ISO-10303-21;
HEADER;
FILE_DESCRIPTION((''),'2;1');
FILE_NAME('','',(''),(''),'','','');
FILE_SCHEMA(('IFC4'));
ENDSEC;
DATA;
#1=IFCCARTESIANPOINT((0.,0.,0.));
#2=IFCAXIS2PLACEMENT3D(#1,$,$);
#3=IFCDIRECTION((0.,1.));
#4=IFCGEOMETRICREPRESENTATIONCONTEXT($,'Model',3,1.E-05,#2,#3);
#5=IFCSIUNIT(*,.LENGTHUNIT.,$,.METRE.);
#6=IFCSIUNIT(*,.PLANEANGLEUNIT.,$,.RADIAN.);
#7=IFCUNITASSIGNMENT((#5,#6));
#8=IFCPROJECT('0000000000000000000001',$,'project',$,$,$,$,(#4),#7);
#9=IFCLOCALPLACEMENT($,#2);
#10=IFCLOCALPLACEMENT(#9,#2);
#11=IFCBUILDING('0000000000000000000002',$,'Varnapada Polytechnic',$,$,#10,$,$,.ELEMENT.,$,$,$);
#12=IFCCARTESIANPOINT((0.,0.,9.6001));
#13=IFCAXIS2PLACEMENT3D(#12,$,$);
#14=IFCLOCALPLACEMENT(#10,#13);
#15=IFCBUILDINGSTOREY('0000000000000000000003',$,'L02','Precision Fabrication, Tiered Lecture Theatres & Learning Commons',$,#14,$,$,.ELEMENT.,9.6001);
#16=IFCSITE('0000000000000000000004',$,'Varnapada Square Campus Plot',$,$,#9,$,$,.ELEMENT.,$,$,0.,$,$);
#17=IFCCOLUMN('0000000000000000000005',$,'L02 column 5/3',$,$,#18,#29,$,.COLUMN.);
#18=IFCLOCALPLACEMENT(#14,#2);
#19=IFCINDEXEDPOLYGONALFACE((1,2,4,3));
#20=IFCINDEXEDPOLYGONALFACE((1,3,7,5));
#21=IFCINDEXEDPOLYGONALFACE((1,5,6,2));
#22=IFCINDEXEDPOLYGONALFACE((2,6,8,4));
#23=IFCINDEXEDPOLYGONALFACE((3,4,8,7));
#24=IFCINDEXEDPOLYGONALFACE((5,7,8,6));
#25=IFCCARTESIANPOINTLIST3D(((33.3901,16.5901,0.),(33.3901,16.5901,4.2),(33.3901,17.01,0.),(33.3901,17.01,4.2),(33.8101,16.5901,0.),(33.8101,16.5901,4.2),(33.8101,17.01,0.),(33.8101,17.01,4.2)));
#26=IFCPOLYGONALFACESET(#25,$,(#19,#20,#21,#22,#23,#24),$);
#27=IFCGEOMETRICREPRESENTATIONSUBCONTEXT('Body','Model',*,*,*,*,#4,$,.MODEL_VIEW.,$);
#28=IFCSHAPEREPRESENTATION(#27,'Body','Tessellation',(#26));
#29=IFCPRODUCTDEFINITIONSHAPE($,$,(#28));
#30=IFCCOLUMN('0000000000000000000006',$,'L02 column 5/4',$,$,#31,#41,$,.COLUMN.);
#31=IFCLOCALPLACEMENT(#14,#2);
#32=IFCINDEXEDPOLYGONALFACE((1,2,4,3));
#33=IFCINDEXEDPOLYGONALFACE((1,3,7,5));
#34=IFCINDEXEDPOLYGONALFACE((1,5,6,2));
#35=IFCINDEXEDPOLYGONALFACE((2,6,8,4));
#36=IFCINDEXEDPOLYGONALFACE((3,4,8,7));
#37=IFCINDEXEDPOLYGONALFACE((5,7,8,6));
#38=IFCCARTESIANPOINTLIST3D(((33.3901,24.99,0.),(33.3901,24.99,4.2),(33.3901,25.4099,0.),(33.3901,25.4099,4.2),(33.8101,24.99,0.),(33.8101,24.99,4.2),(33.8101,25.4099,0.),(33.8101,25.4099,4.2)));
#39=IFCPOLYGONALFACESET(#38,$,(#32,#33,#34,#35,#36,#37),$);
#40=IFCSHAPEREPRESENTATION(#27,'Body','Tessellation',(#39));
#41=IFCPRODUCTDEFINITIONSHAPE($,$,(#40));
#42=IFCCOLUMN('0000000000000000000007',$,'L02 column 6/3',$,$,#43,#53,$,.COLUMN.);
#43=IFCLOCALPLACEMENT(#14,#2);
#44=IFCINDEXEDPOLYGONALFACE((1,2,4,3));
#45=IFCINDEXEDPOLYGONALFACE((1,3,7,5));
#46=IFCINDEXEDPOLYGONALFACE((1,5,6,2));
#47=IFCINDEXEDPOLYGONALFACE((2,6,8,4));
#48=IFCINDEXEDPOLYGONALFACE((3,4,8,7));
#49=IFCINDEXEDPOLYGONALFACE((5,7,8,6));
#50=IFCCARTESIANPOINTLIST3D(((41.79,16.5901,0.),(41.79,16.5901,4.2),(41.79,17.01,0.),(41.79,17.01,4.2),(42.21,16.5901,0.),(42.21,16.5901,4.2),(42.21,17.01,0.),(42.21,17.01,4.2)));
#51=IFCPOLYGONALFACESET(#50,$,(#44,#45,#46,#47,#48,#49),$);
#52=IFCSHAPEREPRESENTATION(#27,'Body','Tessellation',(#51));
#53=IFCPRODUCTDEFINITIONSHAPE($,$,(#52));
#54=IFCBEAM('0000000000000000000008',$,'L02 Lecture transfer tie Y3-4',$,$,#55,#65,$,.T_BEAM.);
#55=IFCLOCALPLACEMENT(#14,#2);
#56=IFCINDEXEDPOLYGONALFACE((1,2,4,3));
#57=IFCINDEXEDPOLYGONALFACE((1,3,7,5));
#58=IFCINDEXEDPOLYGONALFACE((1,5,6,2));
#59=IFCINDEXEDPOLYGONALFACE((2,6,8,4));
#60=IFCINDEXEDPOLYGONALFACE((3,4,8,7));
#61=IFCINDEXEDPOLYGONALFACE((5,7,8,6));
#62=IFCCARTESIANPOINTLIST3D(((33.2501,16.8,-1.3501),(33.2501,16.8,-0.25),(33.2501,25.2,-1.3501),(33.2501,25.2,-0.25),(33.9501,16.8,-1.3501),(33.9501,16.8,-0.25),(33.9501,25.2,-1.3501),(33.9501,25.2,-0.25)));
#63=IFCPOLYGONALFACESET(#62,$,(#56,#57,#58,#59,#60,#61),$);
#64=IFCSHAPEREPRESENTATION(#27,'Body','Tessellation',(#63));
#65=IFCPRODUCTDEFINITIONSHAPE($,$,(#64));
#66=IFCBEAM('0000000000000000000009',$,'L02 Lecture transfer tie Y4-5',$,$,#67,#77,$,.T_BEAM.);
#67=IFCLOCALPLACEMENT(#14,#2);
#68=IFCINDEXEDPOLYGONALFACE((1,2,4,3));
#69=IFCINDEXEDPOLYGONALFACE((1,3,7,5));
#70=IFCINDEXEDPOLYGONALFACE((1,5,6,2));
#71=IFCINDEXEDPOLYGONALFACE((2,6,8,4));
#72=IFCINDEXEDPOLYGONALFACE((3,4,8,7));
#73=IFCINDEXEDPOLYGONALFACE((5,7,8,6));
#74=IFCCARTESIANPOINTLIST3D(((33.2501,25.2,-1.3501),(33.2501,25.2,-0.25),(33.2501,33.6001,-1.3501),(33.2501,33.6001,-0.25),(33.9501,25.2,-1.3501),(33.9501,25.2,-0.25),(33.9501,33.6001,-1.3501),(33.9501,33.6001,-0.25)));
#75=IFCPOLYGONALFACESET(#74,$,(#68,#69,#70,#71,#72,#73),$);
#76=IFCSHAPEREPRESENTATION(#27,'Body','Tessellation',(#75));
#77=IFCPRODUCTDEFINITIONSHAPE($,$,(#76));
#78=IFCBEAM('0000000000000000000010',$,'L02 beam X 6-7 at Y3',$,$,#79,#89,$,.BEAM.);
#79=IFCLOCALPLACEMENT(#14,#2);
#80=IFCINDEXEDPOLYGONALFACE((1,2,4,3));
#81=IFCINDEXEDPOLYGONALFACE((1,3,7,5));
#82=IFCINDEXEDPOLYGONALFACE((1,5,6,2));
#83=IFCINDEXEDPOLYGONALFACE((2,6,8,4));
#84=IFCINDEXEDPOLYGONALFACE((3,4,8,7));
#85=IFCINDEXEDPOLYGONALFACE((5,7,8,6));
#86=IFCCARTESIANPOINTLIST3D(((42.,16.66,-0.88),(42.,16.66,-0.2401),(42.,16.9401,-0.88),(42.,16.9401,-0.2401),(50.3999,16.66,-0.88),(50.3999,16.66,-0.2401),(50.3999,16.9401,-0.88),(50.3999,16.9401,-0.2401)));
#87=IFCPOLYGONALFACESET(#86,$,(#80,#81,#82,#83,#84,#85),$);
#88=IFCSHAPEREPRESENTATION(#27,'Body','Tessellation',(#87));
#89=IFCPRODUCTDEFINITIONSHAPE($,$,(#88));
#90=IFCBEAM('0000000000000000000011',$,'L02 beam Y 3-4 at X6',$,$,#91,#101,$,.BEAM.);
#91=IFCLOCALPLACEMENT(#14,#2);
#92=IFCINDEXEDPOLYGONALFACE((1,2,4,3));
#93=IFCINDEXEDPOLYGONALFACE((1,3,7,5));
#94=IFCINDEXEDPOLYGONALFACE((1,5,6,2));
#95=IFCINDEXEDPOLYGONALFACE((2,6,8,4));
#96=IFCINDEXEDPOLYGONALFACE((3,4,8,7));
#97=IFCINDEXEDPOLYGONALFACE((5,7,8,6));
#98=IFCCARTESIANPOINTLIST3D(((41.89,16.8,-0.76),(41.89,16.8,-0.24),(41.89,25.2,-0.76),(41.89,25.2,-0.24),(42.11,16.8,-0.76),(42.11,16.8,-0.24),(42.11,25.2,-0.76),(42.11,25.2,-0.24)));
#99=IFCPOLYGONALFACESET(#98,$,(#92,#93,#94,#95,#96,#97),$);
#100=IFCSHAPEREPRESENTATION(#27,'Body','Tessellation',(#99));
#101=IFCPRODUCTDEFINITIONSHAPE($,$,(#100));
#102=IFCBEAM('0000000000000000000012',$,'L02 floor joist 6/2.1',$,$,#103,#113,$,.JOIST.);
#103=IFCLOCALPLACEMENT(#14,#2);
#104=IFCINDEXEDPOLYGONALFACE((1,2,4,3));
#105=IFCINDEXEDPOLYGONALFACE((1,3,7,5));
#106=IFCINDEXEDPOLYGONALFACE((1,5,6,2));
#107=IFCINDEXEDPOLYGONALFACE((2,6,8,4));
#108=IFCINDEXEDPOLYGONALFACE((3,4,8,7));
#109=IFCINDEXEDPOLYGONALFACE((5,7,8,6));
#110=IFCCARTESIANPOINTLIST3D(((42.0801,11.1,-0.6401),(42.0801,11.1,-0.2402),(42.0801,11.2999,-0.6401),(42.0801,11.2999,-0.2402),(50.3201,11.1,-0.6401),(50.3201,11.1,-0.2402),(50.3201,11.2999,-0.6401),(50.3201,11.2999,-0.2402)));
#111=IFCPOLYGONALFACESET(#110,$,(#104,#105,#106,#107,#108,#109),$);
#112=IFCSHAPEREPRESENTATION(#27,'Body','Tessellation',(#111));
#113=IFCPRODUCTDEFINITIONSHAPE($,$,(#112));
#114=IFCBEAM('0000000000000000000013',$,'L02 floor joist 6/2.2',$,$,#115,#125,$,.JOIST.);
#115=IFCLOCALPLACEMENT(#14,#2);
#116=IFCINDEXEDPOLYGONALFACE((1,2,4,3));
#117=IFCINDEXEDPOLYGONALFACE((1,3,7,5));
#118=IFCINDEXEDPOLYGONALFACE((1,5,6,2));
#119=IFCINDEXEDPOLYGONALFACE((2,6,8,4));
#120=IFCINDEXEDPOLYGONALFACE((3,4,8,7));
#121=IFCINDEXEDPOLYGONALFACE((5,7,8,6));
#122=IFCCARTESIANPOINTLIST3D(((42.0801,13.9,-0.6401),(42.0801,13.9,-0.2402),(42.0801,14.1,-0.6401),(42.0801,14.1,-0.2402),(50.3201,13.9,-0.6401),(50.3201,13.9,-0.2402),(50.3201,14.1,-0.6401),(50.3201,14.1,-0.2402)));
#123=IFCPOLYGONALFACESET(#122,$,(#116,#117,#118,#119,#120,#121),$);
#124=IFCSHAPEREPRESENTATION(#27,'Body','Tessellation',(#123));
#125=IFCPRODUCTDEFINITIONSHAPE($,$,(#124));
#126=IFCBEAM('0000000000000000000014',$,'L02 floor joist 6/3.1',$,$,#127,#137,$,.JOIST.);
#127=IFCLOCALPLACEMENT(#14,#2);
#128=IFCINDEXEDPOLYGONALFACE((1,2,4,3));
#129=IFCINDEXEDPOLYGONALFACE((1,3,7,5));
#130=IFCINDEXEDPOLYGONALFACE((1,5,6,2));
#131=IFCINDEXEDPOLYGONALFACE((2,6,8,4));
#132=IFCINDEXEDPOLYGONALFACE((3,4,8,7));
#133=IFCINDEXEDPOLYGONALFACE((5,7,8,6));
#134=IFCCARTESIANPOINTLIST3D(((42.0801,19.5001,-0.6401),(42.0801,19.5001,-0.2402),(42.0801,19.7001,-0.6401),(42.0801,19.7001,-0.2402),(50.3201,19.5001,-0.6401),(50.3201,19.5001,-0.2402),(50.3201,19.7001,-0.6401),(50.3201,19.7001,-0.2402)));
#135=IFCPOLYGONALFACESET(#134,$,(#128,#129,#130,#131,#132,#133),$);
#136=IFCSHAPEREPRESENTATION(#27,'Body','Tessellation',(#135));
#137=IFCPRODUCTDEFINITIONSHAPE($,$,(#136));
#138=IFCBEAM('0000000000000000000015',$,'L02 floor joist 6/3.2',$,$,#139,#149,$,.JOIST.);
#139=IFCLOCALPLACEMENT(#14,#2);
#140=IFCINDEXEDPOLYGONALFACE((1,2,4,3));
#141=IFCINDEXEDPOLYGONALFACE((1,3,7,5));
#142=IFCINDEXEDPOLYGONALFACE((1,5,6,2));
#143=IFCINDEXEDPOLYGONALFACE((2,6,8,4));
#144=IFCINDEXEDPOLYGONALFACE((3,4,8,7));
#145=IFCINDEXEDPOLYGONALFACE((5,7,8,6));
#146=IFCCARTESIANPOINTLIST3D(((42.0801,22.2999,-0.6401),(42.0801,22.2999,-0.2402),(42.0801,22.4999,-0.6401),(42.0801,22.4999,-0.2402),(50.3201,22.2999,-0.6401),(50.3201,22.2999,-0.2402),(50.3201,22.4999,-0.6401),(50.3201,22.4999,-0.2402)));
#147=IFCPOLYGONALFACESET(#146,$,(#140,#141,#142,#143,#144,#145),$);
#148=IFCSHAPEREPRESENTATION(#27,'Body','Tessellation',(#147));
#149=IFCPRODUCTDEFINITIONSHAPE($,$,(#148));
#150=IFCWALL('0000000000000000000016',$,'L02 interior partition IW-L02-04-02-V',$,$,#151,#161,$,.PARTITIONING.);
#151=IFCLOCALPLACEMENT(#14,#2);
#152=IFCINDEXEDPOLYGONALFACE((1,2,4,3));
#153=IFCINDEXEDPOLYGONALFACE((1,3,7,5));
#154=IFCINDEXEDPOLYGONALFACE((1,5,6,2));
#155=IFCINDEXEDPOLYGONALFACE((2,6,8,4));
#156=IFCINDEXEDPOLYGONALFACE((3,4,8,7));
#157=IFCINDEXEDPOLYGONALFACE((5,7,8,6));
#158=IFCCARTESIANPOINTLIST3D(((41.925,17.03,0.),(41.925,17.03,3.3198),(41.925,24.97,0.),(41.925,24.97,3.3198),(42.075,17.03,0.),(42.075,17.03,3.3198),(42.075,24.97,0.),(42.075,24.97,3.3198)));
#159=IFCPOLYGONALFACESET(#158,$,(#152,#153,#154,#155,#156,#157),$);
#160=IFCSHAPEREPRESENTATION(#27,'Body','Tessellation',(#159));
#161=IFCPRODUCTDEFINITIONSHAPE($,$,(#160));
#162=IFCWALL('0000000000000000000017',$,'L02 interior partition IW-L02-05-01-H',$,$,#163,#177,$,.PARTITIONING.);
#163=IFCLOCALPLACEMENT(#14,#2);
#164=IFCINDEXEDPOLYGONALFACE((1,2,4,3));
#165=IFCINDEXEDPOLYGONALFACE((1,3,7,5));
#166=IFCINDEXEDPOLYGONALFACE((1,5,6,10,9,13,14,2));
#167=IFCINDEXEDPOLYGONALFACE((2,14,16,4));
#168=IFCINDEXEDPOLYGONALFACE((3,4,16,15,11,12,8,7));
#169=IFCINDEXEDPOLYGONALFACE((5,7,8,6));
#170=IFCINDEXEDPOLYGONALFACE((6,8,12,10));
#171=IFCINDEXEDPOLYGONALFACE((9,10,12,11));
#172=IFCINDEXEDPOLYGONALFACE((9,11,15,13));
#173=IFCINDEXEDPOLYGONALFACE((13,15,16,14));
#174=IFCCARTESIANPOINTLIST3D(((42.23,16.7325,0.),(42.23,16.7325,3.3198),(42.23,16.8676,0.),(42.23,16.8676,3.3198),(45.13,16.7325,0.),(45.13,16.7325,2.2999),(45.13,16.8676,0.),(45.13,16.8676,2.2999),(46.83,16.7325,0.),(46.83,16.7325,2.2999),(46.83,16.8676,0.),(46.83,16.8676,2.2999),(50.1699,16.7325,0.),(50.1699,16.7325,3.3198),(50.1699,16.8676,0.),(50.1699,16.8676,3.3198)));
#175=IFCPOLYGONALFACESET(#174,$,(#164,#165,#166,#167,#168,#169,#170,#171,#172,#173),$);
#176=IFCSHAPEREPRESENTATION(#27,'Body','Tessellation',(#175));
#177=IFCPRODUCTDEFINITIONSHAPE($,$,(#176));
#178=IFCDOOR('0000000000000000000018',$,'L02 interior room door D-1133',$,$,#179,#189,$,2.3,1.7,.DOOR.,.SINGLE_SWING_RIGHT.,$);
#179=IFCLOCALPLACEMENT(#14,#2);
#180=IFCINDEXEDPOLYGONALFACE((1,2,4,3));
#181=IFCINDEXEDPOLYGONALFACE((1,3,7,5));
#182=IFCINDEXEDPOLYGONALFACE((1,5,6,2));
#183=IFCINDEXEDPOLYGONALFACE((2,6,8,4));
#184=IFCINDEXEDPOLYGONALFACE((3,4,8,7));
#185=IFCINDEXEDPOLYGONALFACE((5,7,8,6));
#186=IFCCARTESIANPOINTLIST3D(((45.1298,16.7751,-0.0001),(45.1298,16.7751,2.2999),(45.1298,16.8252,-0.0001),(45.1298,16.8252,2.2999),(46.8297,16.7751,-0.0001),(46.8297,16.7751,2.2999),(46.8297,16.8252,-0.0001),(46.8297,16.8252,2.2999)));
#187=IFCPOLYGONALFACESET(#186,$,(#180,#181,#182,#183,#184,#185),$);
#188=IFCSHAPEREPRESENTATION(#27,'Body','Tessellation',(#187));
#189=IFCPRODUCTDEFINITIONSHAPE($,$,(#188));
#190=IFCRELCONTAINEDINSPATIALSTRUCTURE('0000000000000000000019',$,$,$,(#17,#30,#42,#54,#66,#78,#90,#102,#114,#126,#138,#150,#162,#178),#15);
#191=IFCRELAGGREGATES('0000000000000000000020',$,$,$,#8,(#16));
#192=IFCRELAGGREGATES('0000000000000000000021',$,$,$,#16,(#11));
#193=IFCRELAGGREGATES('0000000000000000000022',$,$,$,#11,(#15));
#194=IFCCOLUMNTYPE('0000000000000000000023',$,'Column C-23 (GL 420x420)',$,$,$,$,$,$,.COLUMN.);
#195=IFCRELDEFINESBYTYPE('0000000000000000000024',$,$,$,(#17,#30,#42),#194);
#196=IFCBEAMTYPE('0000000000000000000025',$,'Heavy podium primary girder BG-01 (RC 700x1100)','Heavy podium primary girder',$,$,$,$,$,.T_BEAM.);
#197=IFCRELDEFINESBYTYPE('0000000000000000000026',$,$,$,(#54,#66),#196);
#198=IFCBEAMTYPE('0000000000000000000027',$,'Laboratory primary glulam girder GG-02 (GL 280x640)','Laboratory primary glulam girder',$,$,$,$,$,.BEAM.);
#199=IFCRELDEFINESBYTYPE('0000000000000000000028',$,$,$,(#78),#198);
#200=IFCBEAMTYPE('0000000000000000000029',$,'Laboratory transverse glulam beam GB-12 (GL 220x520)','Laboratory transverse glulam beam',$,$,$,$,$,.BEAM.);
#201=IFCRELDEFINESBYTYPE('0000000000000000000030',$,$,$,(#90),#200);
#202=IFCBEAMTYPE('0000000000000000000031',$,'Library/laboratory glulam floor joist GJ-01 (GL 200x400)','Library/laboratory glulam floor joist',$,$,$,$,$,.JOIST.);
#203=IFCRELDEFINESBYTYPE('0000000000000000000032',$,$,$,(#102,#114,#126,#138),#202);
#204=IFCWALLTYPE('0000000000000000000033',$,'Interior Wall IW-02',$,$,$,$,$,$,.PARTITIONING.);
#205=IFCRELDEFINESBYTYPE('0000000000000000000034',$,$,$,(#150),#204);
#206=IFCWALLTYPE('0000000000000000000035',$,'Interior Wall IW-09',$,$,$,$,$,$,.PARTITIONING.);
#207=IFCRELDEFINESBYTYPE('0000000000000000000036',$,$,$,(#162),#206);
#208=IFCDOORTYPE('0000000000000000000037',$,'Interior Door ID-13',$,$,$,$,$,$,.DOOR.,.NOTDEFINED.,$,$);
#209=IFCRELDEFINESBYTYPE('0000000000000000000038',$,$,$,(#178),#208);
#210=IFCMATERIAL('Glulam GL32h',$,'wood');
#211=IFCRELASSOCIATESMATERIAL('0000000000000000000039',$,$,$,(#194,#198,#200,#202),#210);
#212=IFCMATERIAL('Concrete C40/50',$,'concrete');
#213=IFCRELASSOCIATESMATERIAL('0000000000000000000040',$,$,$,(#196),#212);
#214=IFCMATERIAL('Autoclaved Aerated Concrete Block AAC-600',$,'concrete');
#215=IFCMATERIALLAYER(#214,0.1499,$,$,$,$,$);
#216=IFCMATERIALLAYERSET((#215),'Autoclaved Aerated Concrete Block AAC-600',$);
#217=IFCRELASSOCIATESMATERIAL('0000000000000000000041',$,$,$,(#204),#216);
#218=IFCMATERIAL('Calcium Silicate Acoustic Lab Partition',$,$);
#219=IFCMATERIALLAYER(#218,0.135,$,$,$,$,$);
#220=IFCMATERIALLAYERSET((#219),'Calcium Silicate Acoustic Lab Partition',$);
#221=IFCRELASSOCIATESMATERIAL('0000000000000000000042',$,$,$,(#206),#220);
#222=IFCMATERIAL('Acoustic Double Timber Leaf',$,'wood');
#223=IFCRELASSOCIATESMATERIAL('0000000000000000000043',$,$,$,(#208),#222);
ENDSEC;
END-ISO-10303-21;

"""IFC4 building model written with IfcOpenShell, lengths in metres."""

from ifc_helpers import new_model, si_unit, direction, frame, frame_2d, origin, origin_2d, place, context, subcontext, project, spatial, rectangle, extrude, material, layer, layer_set, material_profile, profile_set, type_object, element, fill, save


model = new_model("IFC4")

# Units and contexts
model_context = context("Model", 3, precision=1e-05, world=origin(), true_north=direction((0.0, 1.0)))
body_context = subcontext(model_context, "Body", "Model", "MODEL_VIEW")
ifc_project = project(units=[si_unit("LENGTHUNIT", "METRE"), si_unit("PLANEANGLEUNIT", "RADIAN")], contexts=[model_context])

# Site, building, storey
site_placement = place(None, origin())
site = spatial("IfcSite", under=ifc_project, at=site_placement, Name="Varnapada Square Campus Plot", CompositionType="ELEMENT", RefElevation=0.0)
building_placement = place(site_placement, origin())
building = spatial("IfcBuilding", under=site, at=building_placement, Name="Varnapada Polytechnic", CompositionType="ELEMENT")
storey_placement = place(building_placement, frame((0.0, 0.0, 9.6001)))
storey = spatial("IfcBuildingStorey", under=building, at=storey_placement, Name="L02", Description="Precision Fabrication, Tiered Lecture Theatres & Learning Commons", CompositionType="ELEMENT", Elevation=9.6001)

# Columns
ifc_material_1 = material(Name="Glulam GL32h", Category="wood")
ifc_material_profile_1 = material_profile(ifc_material_1, rectangle(XDim=0.4199, YDim=0.4199, at=origin_2d()), Name="GL 420x420")
ifc_profile_set_1 = profile_set([ifc_material_profile_1], Name="Glulam GL32h")
column_type = type_object("IfcColumnType", Name="Column C-23 (GL 420x420)", PredefinedType="COLUMN", material=ifc_profile_set_1)
for number, where, z_axis, x_axis, name in (
    (1, (33.6001, 16.8, 0.0), (0.0, 0.0, 1.0), (1.0, 0.0, 0.0), "L02 column 5/3"),
    (2, (33.6001, 25.2, 0.0), (0.0, 0.0, 1.0), (1.0, 0.0, 0.0), "L02 column 5/4"),
    (3, (42.0, 16.8, 0.0), (0.0, 0.0, 1.0), (1.0, 0.0, 0.0), "L02 column 6/3"),
):
    element("IfcColumn", number, at=place(storey_placement, frame(where, z_axis=z_axis, x_axis=x_axis)), inside=storey, type_object=column_type, Name=name, PredefinedType="COLUMN", context=body_context, shape_type="SweptSolid", body=[
        extrude(rectangle(XDim=0.4199, YDim=0.4199, at=origin_2d()), origin(), (0.0, 0.0, 1.0), 4.2),
    ])

# Beams
ifc_material_2 = material(Name="Concrete C40/50", Category="concrete")
ifc_material_profile_2 = material_profile(ifc_material_2, rectangle(XDim=0.7, YDim=1.1001, at=origin_2d()), Name="RC 700x1100")
ifc_profile_set_2 = profile_set([ifc_material_profile_2], Name="Concrete C40/50")
beam_type_1 = type_object("IfcBeamType", Name="Heavy podium primary girder BG-01 (RC 700x1100)", Description="Heavy podium primary girder", PredefinedType="T_BEAM", material=ifc_profile_set_2)
beam_1_placement = place(storey_placement, frame((33.6001, 16.8, -0.8), z_axis=(0.0, 1.0, 0.0), x_axis=(-1.0, 0.0, 0.0)))
element("IfcBeam", 4, at=beam_1_placement, inside=storey, type_object=beam_type_1, Name="L02 Lecture transfer tie Y3-4", PredefinedType="T_BEAM", context=body_context, shape_type="SweptSolid", body=[
    extrude(rectangle(XDim=0.7, YDim=1.1001, at=origin_2d()), origin(), (0.0, 0.0, 1.0), 8.3999),
])
beam_2_placement = place(storey_placement, frame((33.6001, 25.2, -0.8), z_axis=(0.0, 1.0, 0.0), x_axis=(-1.0, 0.0, 0.0)))
element("IfcBeam", 5, at=beam_2_placement, inside=storey, type_object=beam_type_1, Name="L02 Lecture transfer tie Y4-5", PredefinedType="T_BEAM", context=body_context, shape_type="SweptSolid", body=[
    extrude(rectangle(XDim=0.7, YDim=1.1001, at=origin_2d()), origin(), (0.0, 0.0, 1.0), 8.4001),
])
ifc_material_profile_3 = material_profile(ifc_material_1, rectangle(XDim=0.28, YDim=0.6399, at=origin_2d()), Name="GL 280x640")
ifc_profile_set_3 = profile_set([ifc_material_profile_3], Name="Glulam GL32h")
beam_type_2 = type_object("IfcBeamType", Name="Laboratory primary glulam girder GG-02 (GL 280x640)", Description="Laboratory primary glulam girder", PredefinedType="BEAM", material=ifc_profile_set_3)
beam_3_placement = place(storey_placement, frame((42.0, 16.8, -0.5601), z_axis=(1.0, 0.0, 0.0), x_axis=(0.0, 1.0, 0.0)))
element("IfcBeam", 6, at=beam_3_placement, inside=storey, type_object=beam_type_2, Name="L02 beam X 6-7 at Y3", PredefinedType="BEAM", context=body_context, shape_type="SweptSolid", body=[
    extrude(rectangle(XDim=0.28, YDim=0.6399, at=origin_2d()), origin(), (0.0, 0.0, 1.0), 8.3999),
])
ifc_material_profile_4 = material_profile(ifc_material_1, rectangle(XDim=0.22, YDim=0.52, at=origin_2d()), Name="GL 220x520")
ifc_profile_set_4 = profile_set([ifc_material_profile_4], Name="Glulam GL32h")
beam_type_3 = type_object("IfcBeamType", Name="Laboratory transverse glulam beam GB-12 (GL 220x520)", Description="Laboratory transverse glulam beam", PredefinedType="BEAM", material=ifc_profile_set_4)
beam_4_placement = place(storey_placement, frame((42.0, 16.8, -0.5), z_axis=(0.0, 1.0, 0.0), x_axis=(-1.0, 0.0, 0.0)))
element("IfcBeam", 7, at=beam_4_placement, inside=storey, type_object=beam_type_3, Name="L02 beam Y 3-4 at X6", PredefinedType="BEAM", context=body_context, shape_type="SweptSolid", body=[
    extrude(rectangle(XDim=0.22, YDim=0.52, at=origin_2d()), origin(), (0.0, 0.0, 1.0), 8.3999),
])
ifc_material_profile_5 = material_profile(ifc_material_1, rectangle(XDim=0.2, YDim=0.3999, at=origin_2d()), Name="GL 200x400")
ifc_profile_set_5 = profile_set([ifc_material_profile_5], Name="Glulam GL32h")
beam_type_4 = type_object("IfcBeamType", Name="Library/laboratory glulam floor joist GJ-01 (GL 200x400)", Description="Library/laboratory glulam floor joist", PredefinedType="JOIST", material=ifc_profile_set_5)
for number, where, z_axis, x_axis, name in (
    (8, (42.0801, 11.2, -0.4402), (1.0, 0.0, 0.0), (0.0, 1.0, 0.0), "L02 floor joist 6/2.1"),
    (9, (42.0801, 14.0, -0.4402), (1.0, 0.0, 0.0), (0.0, 1.0, 0.0), "L02 floor joist 6/2.2"),
    (10, (42.0801, 19.6001, -0.4402), (1.0, 0.0, 0.0), (0.0, 1.0, 0.0), "L02 floor joist 6/3.1"),
    (11, (42.0801, 22.3999, -0.4402), (1.0, 0.0, 0.0), (0.0, 1.0, 0.0), "L02 floor joist 6/3.2"),
):
    element("IfcBeam", number, at=place(storey_placement, frame(where, z_axis=z_axis, x_axis=x_axis)), inside=storey, type_object=beam_type_4, Name=name, PredefinedType="JOIST", context=body_context, shape_type="SweptSolid", body=[
        extrude(rectangle(XDim=0.2, YDim=0.3999, at=origin_2d()), origin(), (0.0, 0.0, 1.0), 8.24),
    ])

# Wall
ifc_material_3 = material(Name="Autoclaved Aerated Concrete Block AAC-600", Category="concrete")
ifc_layer_1 = layer(ifc_material_3, 0.1499)
ifc_layer_set_1 = layer_set([ifc_layer_1], Name="Autoclaved Aerated Concrete Block AAC-600")
wall_type_1 = type_object("IfcWallType", Name="Interior Wall IW-02", PredefinedType="PARTITIONING", material=ifc_layer_set_1)
wall_1_placement = place(storey_placement, frame((42.0, 17.03, 0.0), z_axis=(0.0, 0.0, 1.0), x_axis=(0.0, 1.0, 0.0)))
element("IfcWall", 12, at=wall_1_placement, inside=storey, type_object=wall_type_1, Name="L02 interior partition IW-L02-04-02-V", PredefinedType="PARTITIONING", context=body_context, shape_type="SweptSolid", body=[
    extrude(rectangle(XDim=7.9399, YDim=0.1499, at=frame_2d((3.97, 0.0))), origin(), (0.0, 0.0, 1.0), 3.3198),
])

# Wall, opening, door
ifc_material_4 = material(Name="Calcium Silicate Acoustic Lab Partition")
ifc_layer_2 = layer(ifc_material_4, 0.135)
ifc_layer_set_2 = layer_set([ifc_layer_2], Name="Calcium Silicate Acoustic Lab Partition")
wall_type_2 = type_object("IfcWallType", Name="Interior Wall IW-09", PredefinedType="PARTITIONING", material=ifc_layer_set_2)
wall_2_placement = place(storey_placement, frame((42.23, 16.8, 0.0), z_axis=(0.0, 0.0, 1.0), x_axis=(1.0, 0.0, 0.0)))
wall_2 = element("IfcWall", 13, at=wall_2_placement, inside=storey, type_object=wall_type_2, Name="L02 interior partition IW-L02-05-01-H", PredefinedType="PARTITIONING", context=body_context, shape_type="SweptSolid", body=[
    extrude(rectangle(XDim=7.9399, YDim=0.135, at=frame_2d((3.97, 0.0))), origin(), (0.0, 0.0, 1.0), 3.3198),
])
opening_1_placement = place(wall_2_placement, frame((2.8999, 0.0, 0.0)))
opening_1 = element("IfcOpeningElement", 14, at=opening_1_placement, cuts=wall_2, PredefinedType="OPENING", context=body_context, shape_type="SweptSolid", body=[
    extrude(rectangle(XDim=1.7, YDim=2.3, at=frame_2d((0.8501, 1.1499))), frame((0.0, 0.0774, 0.0), z_axis=(0.0, -1.0, 0.0), x_axis=(1.0, 0.0, 0.0)), (0.0, 0.0, 1.0), 0.155),
])
ifc_material_5 = material(Name="Acoustic Double Timber Leaf", Category="wood")
door_type_1 = type_object("IfcDoorType", Name="Interior Door ID-13", OperationType="NOTDEFINED", PredefinedType="DOOR", material=ifc_material_5)
door_1_placement = place(opening_1_placement, frame((1.7, 0.0, 0.0), z_axis=(0.0, 0.0, 1.0), x_axis=(-1.0, 0.0, 0.0)))
door_1 = element("IfcDoor", 15, at=door_1_placement, inside=storey, type_object=door_type_1, Name="L02 interior room door D-1133", OperationType="SINGLE_SWING_RIGHT", OverallHeight=2.3, OverallWidth=1.7, PredefinedType="DOOR", context=body_context, shape_type="SweptSolid", body=[
    extrude(rectangle(XDim=1.7, YDim=2.3, at=frame_2d((0.8501, 1.1499))), frame((0.0, 0.0249, 0.0), z_axis=(0.0, -1.0, 0.0), x_axis=(1.0, 0.0, 0.0)), (0.0, 0.0, 1.0), 0.05),
])
fill(opening_1, door_1)

save(model, "model.ifc")
